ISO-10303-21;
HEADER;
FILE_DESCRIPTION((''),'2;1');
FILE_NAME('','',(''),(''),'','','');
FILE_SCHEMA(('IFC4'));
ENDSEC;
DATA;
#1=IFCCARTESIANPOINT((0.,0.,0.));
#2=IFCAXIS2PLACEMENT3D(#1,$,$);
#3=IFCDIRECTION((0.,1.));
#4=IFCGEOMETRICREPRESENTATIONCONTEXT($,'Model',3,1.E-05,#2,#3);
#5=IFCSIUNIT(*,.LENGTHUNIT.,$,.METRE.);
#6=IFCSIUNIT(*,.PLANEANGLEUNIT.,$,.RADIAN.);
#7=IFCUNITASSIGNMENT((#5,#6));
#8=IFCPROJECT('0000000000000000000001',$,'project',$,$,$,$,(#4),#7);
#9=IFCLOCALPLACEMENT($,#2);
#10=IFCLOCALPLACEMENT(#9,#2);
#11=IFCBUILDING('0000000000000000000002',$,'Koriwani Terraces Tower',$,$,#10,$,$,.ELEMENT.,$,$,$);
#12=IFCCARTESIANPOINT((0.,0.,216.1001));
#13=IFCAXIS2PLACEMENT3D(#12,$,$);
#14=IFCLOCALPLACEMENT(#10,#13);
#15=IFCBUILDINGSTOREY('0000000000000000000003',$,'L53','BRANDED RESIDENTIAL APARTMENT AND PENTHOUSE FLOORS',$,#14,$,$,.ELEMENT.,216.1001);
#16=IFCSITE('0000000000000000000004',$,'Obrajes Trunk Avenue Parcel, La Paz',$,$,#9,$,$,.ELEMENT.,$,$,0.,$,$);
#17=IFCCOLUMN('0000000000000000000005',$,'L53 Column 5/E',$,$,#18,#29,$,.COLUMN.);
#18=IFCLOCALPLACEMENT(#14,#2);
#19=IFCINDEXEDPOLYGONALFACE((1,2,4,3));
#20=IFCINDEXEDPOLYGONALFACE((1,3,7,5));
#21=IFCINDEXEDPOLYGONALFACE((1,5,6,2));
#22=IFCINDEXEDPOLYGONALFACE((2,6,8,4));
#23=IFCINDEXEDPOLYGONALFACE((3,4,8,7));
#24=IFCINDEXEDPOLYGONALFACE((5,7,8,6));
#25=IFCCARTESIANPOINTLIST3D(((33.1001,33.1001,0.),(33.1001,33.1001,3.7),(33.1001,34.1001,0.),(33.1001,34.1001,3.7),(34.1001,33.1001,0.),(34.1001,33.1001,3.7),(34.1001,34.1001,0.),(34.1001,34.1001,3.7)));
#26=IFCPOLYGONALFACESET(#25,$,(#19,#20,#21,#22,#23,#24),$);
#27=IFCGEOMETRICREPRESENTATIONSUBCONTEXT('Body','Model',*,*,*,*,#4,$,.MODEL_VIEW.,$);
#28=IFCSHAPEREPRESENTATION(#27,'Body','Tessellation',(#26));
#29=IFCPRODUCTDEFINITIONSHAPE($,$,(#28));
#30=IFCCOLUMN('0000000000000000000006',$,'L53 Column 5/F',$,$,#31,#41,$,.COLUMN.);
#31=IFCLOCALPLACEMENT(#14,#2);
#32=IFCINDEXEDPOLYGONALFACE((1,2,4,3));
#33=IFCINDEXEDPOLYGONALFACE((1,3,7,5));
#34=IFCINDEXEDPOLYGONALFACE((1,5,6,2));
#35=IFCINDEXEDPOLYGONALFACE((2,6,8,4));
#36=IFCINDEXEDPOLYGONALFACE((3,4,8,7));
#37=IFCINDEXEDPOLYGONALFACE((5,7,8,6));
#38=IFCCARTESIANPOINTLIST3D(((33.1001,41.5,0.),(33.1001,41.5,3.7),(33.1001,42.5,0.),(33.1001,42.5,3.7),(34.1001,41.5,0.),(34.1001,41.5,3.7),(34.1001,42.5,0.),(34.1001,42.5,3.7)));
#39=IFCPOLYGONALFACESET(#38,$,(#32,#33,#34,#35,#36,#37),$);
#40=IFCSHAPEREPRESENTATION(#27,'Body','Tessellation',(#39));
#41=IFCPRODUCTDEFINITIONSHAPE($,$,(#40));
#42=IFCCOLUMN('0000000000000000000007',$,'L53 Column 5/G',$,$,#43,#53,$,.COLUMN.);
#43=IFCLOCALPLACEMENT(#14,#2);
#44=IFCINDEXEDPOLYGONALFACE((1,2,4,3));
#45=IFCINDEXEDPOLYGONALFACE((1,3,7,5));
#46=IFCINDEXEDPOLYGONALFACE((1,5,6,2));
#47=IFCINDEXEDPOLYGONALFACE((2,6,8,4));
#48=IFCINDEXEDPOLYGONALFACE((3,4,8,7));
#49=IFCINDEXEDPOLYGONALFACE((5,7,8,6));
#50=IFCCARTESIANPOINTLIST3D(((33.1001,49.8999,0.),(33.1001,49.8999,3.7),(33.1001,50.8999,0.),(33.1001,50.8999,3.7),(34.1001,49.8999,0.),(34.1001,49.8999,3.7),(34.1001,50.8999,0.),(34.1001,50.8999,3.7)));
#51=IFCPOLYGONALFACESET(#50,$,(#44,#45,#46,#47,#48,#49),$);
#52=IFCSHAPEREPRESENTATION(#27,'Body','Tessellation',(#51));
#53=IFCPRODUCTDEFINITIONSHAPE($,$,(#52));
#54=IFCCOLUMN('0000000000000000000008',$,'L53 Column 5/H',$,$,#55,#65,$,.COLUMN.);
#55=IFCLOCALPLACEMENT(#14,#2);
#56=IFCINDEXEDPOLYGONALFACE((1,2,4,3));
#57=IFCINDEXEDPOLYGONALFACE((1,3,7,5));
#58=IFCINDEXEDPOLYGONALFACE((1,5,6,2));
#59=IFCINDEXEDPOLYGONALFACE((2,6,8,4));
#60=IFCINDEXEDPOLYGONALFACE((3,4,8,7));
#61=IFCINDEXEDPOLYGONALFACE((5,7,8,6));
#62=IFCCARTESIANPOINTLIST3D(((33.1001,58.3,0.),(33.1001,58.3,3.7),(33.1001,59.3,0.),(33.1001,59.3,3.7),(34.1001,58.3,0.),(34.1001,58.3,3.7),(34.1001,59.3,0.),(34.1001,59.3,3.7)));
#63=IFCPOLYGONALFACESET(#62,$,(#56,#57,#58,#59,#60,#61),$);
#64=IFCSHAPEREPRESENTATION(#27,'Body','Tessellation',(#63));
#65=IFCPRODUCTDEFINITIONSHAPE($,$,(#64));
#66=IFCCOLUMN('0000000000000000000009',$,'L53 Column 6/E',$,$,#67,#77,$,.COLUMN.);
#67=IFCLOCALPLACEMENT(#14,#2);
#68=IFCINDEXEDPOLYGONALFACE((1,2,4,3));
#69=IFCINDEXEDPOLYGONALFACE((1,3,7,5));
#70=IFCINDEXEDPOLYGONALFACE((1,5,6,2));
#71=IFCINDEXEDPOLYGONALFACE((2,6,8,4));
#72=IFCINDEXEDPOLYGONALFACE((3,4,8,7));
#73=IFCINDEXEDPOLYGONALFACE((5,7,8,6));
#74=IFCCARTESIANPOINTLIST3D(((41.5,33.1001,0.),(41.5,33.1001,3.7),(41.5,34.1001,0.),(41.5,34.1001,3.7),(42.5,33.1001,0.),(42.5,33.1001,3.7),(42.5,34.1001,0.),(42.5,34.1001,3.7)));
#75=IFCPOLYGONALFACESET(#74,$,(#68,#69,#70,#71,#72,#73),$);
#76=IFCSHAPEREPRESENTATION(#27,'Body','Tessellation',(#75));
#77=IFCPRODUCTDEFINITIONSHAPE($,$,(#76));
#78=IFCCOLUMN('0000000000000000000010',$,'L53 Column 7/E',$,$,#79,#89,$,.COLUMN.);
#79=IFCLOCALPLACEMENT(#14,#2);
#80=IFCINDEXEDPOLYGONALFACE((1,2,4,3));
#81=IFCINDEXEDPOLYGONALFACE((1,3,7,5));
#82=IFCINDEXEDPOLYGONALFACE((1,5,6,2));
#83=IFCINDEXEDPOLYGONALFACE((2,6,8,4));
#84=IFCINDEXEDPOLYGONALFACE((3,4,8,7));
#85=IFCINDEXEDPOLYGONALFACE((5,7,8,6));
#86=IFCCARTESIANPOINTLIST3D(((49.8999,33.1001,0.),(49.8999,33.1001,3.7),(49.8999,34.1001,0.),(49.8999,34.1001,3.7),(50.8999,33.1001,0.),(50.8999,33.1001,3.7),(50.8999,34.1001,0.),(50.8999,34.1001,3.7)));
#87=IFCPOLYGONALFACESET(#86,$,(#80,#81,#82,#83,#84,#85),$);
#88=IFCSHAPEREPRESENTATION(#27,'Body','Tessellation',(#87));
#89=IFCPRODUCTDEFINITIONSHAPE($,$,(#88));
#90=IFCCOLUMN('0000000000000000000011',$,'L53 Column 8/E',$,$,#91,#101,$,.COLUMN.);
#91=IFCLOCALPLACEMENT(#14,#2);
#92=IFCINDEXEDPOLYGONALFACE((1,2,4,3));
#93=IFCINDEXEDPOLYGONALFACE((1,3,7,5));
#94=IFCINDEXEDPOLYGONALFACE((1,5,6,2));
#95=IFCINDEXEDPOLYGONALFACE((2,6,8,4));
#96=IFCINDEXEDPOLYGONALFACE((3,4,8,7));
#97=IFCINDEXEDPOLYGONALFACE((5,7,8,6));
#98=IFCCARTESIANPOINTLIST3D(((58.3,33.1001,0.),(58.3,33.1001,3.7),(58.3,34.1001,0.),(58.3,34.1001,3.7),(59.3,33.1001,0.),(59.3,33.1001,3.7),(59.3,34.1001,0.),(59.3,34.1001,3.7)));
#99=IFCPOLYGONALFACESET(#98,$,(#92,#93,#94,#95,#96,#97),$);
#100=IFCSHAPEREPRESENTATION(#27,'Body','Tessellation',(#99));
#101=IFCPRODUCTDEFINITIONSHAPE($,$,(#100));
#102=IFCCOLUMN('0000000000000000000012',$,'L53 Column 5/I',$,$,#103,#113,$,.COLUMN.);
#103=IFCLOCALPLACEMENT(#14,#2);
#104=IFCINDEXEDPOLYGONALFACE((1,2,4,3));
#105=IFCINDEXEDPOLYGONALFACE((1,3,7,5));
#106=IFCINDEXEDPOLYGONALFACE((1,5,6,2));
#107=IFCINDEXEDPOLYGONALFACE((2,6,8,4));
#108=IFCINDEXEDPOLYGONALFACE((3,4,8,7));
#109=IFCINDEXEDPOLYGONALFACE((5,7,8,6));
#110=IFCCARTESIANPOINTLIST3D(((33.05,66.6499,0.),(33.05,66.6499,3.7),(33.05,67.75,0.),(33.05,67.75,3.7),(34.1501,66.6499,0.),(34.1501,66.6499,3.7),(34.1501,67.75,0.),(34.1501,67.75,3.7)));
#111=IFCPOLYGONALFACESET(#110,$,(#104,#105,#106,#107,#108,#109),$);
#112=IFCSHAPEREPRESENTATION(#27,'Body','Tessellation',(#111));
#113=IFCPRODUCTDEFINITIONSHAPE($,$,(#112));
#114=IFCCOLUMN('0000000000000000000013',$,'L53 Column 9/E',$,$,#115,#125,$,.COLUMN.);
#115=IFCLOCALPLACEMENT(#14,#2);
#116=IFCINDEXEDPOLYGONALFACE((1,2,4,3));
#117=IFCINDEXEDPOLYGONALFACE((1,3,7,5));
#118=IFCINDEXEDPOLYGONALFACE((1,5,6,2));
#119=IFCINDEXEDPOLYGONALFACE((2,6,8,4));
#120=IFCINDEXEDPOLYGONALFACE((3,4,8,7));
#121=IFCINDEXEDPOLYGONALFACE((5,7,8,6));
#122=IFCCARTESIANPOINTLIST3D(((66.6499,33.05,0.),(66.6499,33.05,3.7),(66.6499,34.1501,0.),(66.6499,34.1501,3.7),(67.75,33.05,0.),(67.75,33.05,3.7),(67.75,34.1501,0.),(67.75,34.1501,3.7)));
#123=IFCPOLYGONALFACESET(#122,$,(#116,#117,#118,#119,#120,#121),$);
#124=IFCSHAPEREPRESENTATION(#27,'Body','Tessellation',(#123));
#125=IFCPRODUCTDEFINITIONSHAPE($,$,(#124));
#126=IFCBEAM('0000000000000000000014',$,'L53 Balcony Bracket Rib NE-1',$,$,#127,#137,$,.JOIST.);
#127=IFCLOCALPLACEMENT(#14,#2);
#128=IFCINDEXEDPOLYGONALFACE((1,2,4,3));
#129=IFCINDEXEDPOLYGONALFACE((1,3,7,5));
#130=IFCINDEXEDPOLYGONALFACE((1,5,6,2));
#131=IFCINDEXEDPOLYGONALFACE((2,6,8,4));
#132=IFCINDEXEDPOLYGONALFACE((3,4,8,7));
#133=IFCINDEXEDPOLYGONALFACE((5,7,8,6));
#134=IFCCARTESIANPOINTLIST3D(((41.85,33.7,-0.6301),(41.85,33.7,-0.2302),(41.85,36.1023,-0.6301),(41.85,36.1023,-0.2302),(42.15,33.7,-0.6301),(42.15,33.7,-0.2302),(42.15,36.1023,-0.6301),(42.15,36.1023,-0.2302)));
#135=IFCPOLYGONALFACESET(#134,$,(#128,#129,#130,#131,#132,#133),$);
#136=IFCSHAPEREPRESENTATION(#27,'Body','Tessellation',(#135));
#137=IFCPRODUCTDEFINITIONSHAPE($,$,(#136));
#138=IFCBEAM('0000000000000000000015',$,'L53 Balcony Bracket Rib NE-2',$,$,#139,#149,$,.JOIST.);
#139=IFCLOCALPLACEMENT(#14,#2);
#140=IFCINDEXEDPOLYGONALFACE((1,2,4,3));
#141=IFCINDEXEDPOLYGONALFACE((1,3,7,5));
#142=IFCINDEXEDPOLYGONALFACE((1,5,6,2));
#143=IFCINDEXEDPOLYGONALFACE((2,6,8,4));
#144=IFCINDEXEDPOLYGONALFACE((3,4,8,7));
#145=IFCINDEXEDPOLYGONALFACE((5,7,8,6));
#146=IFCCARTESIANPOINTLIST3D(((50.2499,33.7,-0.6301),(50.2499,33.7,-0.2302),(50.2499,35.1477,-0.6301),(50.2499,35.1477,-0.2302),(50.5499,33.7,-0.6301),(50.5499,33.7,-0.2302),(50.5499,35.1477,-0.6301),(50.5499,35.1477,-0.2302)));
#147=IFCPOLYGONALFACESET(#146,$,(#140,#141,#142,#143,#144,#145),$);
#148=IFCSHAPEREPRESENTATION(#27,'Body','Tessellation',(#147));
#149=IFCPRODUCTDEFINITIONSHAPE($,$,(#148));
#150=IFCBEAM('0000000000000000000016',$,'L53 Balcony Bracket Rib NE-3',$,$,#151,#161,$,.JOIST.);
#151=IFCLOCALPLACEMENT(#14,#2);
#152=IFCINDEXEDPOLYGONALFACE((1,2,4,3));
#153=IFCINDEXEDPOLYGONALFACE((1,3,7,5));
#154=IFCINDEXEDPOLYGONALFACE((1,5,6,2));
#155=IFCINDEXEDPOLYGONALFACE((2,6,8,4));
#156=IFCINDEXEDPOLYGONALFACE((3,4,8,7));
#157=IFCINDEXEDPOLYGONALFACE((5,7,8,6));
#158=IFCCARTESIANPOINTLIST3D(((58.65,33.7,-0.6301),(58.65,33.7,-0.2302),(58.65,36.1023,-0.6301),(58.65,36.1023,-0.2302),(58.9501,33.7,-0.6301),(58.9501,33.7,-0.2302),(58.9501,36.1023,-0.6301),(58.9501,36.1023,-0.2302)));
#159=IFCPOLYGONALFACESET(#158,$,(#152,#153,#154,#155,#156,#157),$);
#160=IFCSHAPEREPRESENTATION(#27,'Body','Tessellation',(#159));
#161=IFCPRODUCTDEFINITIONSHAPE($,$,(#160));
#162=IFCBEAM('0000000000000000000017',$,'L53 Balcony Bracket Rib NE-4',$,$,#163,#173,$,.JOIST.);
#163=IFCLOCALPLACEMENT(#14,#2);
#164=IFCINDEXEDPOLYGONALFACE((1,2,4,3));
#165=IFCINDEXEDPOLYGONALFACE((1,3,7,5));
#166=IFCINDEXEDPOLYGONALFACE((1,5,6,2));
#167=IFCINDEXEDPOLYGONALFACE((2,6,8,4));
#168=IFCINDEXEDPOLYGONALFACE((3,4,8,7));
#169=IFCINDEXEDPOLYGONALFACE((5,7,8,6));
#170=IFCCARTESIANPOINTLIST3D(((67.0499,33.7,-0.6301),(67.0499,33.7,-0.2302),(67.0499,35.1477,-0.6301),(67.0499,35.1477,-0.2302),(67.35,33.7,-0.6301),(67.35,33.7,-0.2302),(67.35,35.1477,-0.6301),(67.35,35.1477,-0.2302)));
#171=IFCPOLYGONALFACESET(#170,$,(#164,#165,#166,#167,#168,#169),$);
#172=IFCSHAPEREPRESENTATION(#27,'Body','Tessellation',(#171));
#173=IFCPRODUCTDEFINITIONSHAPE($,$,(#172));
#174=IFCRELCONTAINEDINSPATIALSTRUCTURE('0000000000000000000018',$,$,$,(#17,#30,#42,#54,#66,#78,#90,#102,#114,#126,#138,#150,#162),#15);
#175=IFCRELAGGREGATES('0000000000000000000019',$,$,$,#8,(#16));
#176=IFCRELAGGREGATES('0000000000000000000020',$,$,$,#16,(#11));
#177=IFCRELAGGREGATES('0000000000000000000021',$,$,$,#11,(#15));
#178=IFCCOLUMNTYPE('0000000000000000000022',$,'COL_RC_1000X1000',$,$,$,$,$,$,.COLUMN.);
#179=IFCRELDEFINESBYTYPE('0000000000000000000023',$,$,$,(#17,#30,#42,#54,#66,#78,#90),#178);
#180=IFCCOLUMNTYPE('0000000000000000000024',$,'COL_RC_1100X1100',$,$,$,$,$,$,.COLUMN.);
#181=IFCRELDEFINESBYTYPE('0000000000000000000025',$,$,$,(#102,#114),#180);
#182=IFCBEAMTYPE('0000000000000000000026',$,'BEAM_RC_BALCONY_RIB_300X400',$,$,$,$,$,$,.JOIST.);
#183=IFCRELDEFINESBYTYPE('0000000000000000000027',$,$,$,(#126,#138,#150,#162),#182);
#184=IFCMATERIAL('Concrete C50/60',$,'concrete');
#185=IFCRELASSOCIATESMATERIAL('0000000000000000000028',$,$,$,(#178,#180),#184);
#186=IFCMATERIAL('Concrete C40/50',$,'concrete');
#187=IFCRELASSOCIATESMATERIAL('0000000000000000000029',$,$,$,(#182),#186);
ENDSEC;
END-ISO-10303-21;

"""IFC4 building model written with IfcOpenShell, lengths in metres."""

from ifc_helpers import new_model, si_unit, direction, frame, origin, origin_2d, place, context, subcontext, project, spatial, rectangle, extrude, material, material_profile, profile_set, type_object, element, save


model = new_model("IFC4")

# Units and contexts
model_context = context("Model", 3, precision=1e-05, world=origin(), true_north=direction((0.0, 1.0)))
body_context = subcontext(model_context, "Body", "Model", "MODEL_VIEW")
ifc_project = project(units=[si_unit("LENGTHUNIT", "METRE"), si_unit("PLANEANGLEUNIT", "RADIAN")], contexts=[model_context])

# Site, building, storey
site_placement = place(None, origin())
site = spatial("IfcSite", under=ifc_project, at=site_placement, Name="Obrajes Trunk Avenue Parcel, La Paz", CompositionType="ELEMENT", RefElevation=0.0)
building_placement = place(site_placement, origin())
building = spatial("IfcBuilding", under=site, at=building_placement, Name="Koriwani Terraces Tower", CompositionType="ELEMENT")
storey_placement = place(building_placement, frame((0.0, 0.0, 216.1001)))
storey = spatial("IfcBuildingStorey", under=building, at=storey_placement, Name="L53", Description="BRANDED RESIDENTIAL APARTMENT AND PENTHOUSE FLOORS", CompositionType="ELEMENT", Elevation=216.1001)

# Columns
ifc_material_1 = material(Name="Concrete C50/60", Category="concrete")
ifc_material_profile_1 = material_profile(ifc_material_1, rectangle(XDim=1.0, YDim=1.0, at=origin_2d()), Name="Concrete C50/60", Category="LoadBearing")
ifc_profile_set_1 = profile_set([ifc_material_profile_1], Name="Concrete C50/60")
column_type_1 = type_object("IfcColumnType", Name="COL_RC_1000X1000", PredefinedType="COLUMN", material=ifc_profile_set_1)
for number, where, z_axis, x_axis, name in (
    (1, (33.6001, 33.6001, 0.0), (0.0, 0.0, 1.0), (1.0, 0.0, 0.0), "L53 Column 5/E"),
    (2, (33.6001, 42.0, 0.0), (0.0, 0.0, 1.0), (1.0, 0.0, 0.0), "L53 Column 5/F"),
    (3, (33.6001, 50.3999, 0.0), (0.0, 0.0, 1.0), (1.0, 0.0, 0.0), "L53 Column 5/G"),
    (4, (33.6001, 58.8, 0.0), (0.0, 0.0, 1.0), (1.0, 0.0, 0.0), "L53 Column 5/H"),
    (5, (42.0, 33.6001, 0.0), (0.0, 0.0, 1.0), (1.0, 0.0, 0.0), "L53 Column 6/E"),
    (6, (50.3999, 33.6001, 0.0), (0.0, 0.0, 1.0), (1.0, 0.0, 0.0), "L53 Column 7/E"),
    (7, (58.8, 33.6001, 0.0), (0.0, 0.0, 1.0), (1.0, 0.0, 0.0), "L53 Column 8/E"),
):
    element("IfcColumn", number, at=place(storey_placement, frame(where, z_axis=z_axis, x_axis=x_axis)), inside=storey, type_object=column_type_1, Name=name, PredefinedType="COLUMN", context=body_context, shape_type="SweptSolid", body=[
        extrude(rectangle(XDim=1.0, YDim=1.0, at=origin_2d()), origin(), (0.0, 0.0, 1.0), 3.7),
    ])
ifc_material_profile_2 = material_profile(ifc_material_1, rectangle(XDim=1.1001, YDim=1.1001, at=origin_2d()), Name="Concrete C50/60", Category="LoadBearing")
ifc_profile_set_2 = profile_set([ifc_material_profile_2], Name="Concrete C50/60")
column_type_2 = type_object("IfcColumnType", Name="COL_RC_1100X1100", PredefinedType="COLUMN", material=ifc_profile_set_2)
for number, where, z_axis, x_axis, name in (
    (8, (33.6001, 67.2, 0.0), (0.0, 0.0, 1.0), (1.0, 0.0, 0.0), "L53 Column 5/I"),
    (9, (67.2, 33.6001, 0.0), (0.0, 0.0, 1.0), (1.0, 0.0, 0.0), "L53 Column 9/E"),
):
    element("IfcColumn", number, at=place(storey_placement, frame(where, z_axis=z_axis, x_axis=x_axis)), inside=storey, type_object=column_type_2, Name=name, PredefinedType="COLUMN", context=body_context, shape_type="SweptSolid", body=[
        extrude(rectangle(XDim=1.1001, YDim=1.1001, at=origin_2d()), origin(), (0.0, 0.0, 1.0), 3.7),
    ])

# Beams
ifc_material_2 = material(Name="Concrete C40/50", Category="concrete")
ifc_material_profile_3 = material_profile(ifc_material_2, rectangle(XDim=0.3, YDim=0.3999, at=origin_2d()), Name="Concrete C40/50", Category="LoadBearing")
ifc_profile_set_3 = profile_set([ifc_material_profile_3], Name="Concrete C40/50")
beam_type = type_object("IfcBeamType", Name="BEAM_RC_BALCONY_RIB_300X400", PredefinedType="JOIST", material=ifc_profile_set_3)
beam_1_placement = place(storey_placement, frame((42.0, 33.7, -0.4302), z_axis=(0.0, 1.0, 0.0), x_axis=(-1.0, 0.0, 0.0)))
element("IfcBeam", 10, at=beam_1_placement, inside=storey, type_object=beam_type, Name="L53 Balcony Bracket Rib NE-1", PredefinedType="JOIST", context=body_context, shape_type="SweptSolid", body=[
    extrude(rectangle(XDim=0.3, YDim=0.3999, at=origin_2d()), origin(), (0.0, 0.0, 1.0), 2.4023),
])
beam_2_placement = place(storey_placement, frame((50.3999, 33.7, -0.4302), z_axis=(0.0, 1.0, 0.0), x_axis=(-1.0, 0.0, 0.0)))
element("IfcBeam", 11, at=beam_2_placement, inside=storey, type_object=beam_type, Name="L53 Balcony Bracket Rib NE-2", PredefinedType="JOIST", context=body_context, shape_type="SweptSolid", body=[
    extrude(rectangle(XDim=0.3, YDim=0.3999, at=origin_2d()), origin(), (0.0, 0.0, 1.0), 1.4478),
])
beam_3_placement = place(storey_placement, frame((58.8, 33.7, -0.4302), z_axis=(0.0, 1.0, 0.0), x_axis=(-1.0, 0.0, 0.0)))
element("IfcBeam", 12, at=beam_3_placement, inside=storey, type_object=beam_type, Name="L53 Balcony Bracket Rib NE-3", PredefinedType="JOIST", context=body_context, shape_type="SweptSolid", body=[
    extrude(rectangle(XDim=0.3, YDim=0.3999, at=origin_2d()), origin(), (0.0, 0.0, 1.0), 2.4023),
])
beam_4_placement = place(storey_placement, frame((67.2, 33.7, -0.4302), z_axis=(0.0, 1.0, 0.0), x_axis=(-1.0, 0.0, 0.0)))
element("IfcBeam", 13, at=beam_4_placement, inside=storey, type_object=beam_type, Name="L53 Balcony Bracket Rib NE-4", PredefinedType="JOIST", context=body_context, shape_type="SweptSolid", body=[
    extrude(rectangle(XDim=0.3, YDim=0.3999, at=origin_2d()), origin(), (0.0, 0.0, 1.0), 1.4478),
])

save(model, "model.ifc")
